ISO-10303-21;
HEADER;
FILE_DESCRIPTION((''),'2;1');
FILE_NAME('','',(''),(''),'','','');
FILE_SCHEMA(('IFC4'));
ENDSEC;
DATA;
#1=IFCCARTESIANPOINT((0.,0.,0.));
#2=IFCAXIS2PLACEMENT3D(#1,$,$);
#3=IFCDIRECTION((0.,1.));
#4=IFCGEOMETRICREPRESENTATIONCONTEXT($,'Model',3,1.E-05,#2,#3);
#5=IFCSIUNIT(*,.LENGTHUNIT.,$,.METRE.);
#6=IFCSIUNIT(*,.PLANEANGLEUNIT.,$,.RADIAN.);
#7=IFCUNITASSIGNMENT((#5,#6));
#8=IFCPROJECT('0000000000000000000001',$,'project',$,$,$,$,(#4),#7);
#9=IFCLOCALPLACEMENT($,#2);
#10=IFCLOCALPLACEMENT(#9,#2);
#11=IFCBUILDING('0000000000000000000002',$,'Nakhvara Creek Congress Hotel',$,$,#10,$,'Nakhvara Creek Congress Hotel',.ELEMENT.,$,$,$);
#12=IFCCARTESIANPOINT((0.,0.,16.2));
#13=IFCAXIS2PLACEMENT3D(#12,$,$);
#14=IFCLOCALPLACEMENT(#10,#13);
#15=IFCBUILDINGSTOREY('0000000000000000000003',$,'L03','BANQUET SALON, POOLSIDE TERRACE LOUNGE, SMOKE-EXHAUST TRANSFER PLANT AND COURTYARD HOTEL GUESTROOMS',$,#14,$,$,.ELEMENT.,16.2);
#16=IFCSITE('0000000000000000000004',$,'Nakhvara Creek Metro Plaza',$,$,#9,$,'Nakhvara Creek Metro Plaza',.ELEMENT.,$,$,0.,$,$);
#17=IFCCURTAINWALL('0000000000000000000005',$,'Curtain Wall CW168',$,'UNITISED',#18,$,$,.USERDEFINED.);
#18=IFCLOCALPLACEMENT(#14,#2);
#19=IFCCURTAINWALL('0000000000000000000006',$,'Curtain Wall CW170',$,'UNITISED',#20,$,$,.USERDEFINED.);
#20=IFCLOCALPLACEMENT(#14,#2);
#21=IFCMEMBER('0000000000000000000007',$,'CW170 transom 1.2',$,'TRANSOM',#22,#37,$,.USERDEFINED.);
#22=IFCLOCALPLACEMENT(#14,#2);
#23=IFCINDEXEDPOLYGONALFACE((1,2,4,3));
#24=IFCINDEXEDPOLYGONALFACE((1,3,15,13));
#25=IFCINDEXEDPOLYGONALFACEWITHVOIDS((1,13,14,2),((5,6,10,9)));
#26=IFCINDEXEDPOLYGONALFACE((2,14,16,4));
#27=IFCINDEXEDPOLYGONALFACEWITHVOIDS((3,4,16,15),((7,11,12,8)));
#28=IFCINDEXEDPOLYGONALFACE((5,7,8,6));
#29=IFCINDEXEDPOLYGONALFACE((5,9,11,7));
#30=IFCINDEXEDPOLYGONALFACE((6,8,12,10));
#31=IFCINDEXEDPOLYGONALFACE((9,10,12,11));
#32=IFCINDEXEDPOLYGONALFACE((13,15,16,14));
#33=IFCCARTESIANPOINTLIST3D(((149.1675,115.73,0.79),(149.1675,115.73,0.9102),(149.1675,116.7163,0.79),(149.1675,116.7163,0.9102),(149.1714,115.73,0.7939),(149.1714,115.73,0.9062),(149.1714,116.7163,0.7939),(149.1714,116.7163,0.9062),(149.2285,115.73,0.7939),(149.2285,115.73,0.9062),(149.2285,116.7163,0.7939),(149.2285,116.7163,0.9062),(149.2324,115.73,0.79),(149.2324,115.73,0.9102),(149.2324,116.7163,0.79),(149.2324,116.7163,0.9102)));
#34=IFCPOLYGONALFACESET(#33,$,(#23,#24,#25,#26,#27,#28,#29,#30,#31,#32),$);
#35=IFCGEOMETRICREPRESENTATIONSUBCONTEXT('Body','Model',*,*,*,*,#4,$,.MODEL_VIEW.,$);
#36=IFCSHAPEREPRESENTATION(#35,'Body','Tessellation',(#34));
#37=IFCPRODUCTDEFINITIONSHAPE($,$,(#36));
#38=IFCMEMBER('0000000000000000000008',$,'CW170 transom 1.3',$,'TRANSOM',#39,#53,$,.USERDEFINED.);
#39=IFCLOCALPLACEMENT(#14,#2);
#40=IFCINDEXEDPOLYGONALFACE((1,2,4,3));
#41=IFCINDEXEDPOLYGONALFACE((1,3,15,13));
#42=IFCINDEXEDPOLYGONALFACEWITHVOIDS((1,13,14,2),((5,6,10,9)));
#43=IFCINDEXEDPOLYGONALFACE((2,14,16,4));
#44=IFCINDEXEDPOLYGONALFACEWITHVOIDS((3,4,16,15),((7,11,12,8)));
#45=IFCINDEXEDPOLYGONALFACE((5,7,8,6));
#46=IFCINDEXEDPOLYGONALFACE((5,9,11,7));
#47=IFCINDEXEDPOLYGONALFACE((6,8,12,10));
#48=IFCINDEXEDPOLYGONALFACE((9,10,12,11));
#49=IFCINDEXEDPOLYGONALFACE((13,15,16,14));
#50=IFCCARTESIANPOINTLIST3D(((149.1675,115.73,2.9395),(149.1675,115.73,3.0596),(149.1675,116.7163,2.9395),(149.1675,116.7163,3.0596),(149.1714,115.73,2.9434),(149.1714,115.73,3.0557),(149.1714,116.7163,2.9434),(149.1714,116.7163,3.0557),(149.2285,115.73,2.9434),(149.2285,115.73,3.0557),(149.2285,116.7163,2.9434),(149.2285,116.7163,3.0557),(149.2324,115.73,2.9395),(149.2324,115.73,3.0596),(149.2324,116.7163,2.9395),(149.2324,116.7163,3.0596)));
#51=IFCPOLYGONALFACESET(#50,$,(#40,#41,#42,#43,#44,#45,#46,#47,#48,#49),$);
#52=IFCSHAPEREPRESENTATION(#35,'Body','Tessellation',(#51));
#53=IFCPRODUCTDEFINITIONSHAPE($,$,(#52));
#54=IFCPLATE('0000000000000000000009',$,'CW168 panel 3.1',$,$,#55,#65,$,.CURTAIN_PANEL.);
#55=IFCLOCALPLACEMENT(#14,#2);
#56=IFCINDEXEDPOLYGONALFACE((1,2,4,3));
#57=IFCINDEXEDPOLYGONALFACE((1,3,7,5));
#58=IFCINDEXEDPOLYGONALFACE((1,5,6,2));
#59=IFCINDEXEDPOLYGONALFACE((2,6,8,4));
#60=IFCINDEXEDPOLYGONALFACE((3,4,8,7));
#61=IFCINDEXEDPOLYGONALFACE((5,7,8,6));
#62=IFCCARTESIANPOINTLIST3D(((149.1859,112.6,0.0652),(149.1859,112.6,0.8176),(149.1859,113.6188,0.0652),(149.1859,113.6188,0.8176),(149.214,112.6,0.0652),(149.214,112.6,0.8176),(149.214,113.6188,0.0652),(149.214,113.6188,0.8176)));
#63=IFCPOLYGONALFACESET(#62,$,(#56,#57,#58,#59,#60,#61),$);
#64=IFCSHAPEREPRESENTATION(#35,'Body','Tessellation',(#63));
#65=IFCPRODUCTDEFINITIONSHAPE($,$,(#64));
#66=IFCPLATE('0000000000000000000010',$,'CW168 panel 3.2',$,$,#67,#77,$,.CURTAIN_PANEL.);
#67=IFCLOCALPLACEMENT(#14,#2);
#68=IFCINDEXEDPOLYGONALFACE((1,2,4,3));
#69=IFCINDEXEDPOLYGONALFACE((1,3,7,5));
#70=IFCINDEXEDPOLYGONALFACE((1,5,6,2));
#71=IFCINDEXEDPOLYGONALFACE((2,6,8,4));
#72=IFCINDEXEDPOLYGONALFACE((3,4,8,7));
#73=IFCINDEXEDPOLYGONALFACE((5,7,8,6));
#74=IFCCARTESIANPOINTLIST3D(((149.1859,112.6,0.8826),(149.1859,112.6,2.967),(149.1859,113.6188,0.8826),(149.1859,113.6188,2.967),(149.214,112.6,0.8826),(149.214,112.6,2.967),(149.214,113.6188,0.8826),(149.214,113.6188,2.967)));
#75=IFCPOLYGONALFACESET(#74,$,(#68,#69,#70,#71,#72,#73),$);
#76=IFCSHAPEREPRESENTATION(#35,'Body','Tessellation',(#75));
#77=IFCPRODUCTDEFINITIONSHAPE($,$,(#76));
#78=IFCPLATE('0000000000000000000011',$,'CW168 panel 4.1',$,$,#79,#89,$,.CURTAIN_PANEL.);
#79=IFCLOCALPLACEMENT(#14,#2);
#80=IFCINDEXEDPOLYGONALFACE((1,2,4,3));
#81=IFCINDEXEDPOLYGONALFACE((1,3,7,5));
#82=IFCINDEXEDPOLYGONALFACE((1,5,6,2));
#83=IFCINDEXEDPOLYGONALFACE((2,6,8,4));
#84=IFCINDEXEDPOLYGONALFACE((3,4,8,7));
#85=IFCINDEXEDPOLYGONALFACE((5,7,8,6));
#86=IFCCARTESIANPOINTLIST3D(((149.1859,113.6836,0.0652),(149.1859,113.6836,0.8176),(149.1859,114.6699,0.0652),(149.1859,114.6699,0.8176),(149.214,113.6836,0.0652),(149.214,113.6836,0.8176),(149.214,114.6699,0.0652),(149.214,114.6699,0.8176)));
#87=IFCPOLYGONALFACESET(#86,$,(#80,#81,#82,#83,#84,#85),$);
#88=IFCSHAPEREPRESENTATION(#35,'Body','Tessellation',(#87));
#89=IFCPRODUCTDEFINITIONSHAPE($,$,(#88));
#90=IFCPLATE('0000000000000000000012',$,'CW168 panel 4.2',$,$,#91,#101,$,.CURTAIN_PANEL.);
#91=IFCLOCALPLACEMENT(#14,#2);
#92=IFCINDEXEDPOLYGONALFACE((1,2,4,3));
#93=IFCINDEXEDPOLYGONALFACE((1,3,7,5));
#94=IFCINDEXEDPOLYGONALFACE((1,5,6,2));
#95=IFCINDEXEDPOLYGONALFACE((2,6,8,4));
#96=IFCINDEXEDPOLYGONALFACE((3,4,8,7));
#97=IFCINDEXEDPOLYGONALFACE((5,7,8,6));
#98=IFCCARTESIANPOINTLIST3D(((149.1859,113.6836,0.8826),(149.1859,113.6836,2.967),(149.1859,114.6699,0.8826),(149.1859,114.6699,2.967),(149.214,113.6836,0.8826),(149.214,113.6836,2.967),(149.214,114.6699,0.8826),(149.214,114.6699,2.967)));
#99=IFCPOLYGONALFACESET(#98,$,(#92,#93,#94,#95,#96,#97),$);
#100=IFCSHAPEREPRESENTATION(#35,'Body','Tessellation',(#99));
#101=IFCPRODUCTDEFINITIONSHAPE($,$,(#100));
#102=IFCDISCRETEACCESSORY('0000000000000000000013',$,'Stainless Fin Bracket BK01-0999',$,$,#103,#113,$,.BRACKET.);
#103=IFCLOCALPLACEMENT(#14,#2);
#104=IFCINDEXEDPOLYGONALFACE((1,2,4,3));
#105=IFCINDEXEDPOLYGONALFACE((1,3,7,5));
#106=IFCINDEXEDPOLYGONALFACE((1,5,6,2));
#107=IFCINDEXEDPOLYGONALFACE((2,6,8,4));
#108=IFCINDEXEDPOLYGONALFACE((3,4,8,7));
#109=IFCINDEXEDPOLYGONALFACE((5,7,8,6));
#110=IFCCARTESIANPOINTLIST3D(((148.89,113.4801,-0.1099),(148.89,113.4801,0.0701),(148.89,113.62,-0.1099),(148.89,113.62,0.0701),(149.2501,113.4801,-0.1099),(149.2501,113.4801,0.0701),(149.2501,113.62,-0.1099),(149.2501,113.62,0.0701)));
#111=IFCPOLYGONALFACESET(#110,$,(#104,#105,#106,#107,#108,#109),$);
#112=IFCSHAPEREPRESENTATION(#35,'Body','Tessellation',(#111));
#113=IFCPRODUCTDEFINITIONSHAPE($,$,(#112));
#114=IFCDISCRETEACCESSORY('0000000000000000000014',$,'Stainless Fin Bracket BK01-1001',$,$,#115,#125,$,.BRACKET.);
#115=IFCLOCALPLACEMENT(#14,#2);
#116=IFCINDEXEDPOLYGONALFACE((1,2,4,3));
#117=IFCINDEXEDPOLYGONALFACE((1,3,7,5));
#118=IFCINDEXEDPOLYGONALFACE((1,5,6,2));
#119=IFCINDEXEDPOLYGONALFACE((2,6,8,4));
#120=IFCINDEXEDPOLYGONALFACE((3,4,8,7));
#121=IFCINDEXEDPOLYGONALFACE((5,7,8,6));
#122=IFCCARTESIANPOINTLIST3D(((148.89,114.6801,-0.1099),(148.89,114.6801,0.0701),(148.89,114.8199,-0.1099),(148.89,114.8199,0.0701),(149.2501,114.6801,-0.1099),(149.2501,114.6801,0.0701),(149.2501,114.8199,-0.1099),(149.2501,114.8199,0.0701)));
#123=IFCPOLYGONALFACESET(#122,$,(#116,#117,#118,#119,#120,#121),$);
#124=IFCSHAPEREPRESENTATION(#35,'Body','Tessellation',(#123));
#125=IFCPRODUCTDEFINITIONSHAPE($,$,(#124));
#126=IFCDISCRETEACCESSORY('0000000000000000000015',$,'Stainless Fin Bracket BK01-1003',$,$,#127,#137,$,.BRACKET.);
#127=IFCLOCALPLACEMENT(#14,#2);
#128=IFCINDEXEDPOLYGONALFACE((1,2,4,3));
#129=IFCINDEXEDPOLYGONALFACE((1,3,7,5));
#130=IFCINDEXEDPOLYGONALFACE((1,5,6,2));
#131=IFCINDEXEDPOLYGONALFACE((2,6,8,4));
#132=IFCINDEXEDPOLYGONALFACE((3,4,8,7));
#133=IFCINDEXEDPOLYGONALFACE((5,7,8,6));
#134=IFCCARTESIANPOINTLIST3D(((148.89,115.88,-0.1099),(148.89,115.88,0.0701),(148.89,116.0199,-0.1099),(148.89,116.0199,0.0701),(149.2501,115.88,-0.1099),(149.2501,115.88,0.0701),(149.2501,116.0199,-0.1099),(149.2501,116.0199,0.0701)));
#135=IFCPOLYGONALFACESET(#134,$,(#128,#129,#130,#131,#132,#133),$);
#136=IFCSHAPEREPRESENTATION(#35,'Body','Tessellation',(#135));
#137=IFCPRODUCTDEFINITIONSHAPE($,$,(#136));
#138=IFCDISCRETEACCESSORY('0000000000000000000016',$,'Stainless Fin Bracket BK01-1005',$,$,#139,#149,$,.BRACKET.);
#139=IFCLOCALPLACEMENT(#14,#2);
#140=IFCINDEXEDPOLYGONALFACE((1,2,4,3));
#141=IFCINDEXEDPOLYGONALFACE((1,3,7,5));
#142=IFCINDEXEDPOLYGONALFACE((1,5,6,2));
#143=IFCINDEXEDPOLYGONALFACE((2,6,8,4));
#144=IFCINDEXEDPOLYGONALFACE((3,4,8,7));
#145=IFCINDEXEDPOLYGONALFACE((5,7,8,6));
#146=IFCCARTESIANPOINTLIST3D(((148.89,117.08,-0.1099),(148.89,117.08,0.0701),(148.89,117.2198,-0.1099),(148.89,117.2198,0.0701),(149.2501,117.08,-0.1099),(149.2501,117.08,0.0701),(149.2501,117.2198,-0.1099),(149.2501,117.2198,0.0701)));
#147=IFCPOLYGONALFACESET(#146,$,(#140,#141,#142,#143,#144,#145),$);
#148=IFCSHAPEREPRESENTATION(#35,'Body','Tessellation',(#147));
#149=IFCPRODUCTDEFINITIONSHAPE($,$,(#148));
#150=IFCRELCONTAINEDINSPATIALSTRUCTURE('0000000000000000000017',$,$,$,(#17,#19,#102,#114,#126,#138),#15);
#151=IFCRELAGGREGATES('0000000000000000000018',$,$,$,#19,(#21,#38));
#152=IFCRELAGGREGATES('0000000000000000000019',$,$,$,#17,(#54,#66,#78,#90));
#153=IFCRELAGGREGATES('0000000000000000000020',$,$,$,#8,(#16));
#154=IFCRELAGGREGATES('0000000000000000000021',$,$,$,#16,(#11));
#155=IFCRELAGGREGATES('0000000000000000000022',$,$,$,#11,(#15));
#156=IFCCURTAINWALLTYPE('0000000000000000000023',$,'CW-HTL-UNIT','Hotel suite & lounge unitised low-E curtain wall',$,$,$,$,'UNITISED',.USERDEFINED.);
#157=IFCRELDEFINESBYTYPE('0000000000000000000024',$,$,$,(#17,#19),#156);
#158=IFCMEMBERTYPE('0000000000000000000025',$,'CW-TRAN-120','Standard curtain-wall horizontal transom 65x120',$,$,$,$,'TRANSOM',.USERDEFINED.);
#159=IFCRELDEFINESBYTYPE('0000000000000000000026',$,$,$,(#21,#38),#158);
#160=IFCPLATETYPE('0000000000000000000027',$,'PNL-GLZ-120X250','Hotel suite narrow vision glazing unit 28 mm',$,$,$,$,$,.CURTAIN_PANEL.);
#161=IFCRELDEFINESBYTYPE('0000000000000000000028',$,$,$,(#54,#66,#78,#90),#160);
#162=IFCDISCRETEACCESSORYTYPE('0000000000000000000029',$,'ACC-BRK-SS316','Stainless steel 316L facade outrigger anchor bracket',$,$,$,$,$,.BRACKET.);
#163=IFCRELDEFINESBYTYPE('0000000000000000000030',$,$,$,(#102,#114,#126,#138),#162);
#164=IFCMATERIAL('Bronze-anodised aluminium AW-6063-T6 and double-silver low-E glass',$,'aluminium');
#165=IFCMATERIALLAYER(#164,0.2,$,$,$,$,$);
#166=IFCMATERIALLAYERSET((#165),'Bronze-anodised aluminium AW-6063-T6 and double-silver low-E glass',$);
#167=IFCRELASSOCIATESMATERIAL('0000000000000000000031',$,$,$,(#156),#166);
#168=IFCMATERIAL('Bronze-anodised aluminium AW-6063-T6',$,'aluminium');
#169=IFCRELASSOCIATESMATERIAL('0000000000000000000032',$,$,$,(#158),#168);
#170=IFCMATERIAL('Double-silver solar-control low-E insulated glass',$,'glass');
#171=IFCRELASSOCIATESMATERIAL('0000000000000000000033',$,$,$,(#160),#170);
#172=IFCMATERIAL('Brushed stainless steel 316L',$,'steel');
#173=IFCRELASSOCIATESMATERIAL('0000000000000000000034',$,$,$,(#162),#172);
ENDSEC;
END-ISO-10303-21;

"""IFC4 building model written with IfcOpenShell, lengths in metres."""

from ifc_helpers import new_model, si_unit, direction, frame, origin, origin_2d, place, context, subcontext, project, spatial, rectangle, hollow_rectangle, extrude, material, layer, layer_set, material_profile, profile_set, type_object, element, aggregate, save


model = new_model("IFC4")

# Units and contexts
model_context = context("Model", 3, precision=1e-05, world=origin(), true_north=direction((0.0, 1.0)))
body_context = subcontext(model_context, "Body", "Model", "MODEL_VIEW")
ifc_project = project(units=[si_unit("LENGTHUNIT", "METRE"), si_unit("PLANEANGLEUNIT", "RADIAN")], contexts=[model_context])

# Site, building, storey
site_placement = place(None, origin())
site = spatial("IfcSite", under=ifc_project, at=site_placement, Name="Nakhvara Creek Metro Plaza", LongName="Nakhvara Creek Metro Plaza", CompositionType="ELEMENT", RefElevation=0.0)
building_placement = place(site_placement, origin())
building = spatial("IfcBuilding", under=site, at=building_placement, Name="Nakhvara Creek Congress Hotel", LongName="Nakhvara Creek Congress Hotel", CompositionType="ELEMENT")
storey_placement = place(building_placement, frame((0.0, 0.0, 16.2)))
storey = spatial("IfcBuildingStorey", under=building, at=storey_placement, Name="L03", Description="BANQUET SALON, POOLSIDE TERRACE LOUNGE, SMOKE-EXHAUST TRANSFER PLANT AND COURTYARD HOTEL GUESTROOMS", CompositionType="ELEMENT", Elevation=16.2)

# Curtain wall
ifc_material_1 = material(Name="Bronze-anodised aluminium AW-6063-T6 and double-silver low-E glass", Category="aluminium")
ifc_layer = layer(ifc_material_1, 0.2)
ifc_layer_set = layer_set([ifc_layer], Name="Bronze-anodised aluminium AW-6063-T6 and double-silver low-E glass")
curtain_wall_type = type_object("IfcCurtainWallType", Name="CW-HTL-UNIT", Description="Hotel suite & lounge unitised low-E curtain wall", ElementType="UNITISED", PredefinedType="USERDEFINED", material=ifc_layer_set)
curtain_wall_1_placement = place(storey_placement, origin())
curtain_wall_1 = element("IfcCurtainWall", 1, at=curtain_wall_1_placement, inside=storey, type_object=curtain_wall_type, Name="Curtain Wall CW168", ObjectType="UNITISED", PredefinedType="USERDEFINED")
ifc_material_2 = material(Name="Bronze-anodised aluminium AW-6063-T6", Category="aluminium")

# Curtain wall
curtain_wall_2_placement = place(storey_placement, origin())
curtain_wall_2 = element("IfcCurtainWall", 2, at=curtain_wall_2_placement, inside=storey, type_object=curtain_wall_type, Name="Curtain Wall CW170", ObjectType="UNITISED", PredefinedType="USERDEFINED")

# Members
ifc_material_profile_1 = material_profile(ifc_material_2, hollow_rectangle(XDim=0.0649, YDim=0.1201, WallThickness=0.0039, at=origin_2d()), Name="ALU-TRAN 65x120x4", Category="LoadBearing")
ifc_profile_set_1 = profile_set([ifc_material_profile_1], Name="Bronze-anodised aluminium AW-6063-T6")
member_type_1 = type_object("IfcMemberType", Name="CW-TRAN-120", Description="Standard curtain-wall horizontal transom 65x120", ElementType="TRANSOM", PredefinedType="USERDEFINED", material=ifc_profile_set_1)
member_1_placement = place(storey_placement, frame((149.2, 115.73, 0.8501), z_axis=(0.0, 1.0, 0.0), x_axis=(-1.0, 0.0, 0.0)))
member_1 = element("IfcMember", 3, at=member_1_placement, type_object=member_type_1, Name="CW170 transom 1.2", ObjectType="TRANSOM", PredefinedType="USERDEFINED", context=body_context, shape_type="SweptSolid", body=[
    extrude(hollow_rectangle(XDim=0.0649, YDim=0.1201, WallThickness=0.0039, at=origin_2d()), origin(), (0.0, 0.0, 1.0), 0.9863),
])
member_2_placement = place(storey_placement, frame((149.2, 115.73, 2.9995), z_axis=(0.0, 1.0, 0.0), x_axis=(-1.0, 0.0, 0.0)))
member_2 = element("IfcMember", 4, at=member_2_placement, type_object=member_type_1, Name="CW170 transom 1.3", ObjectType="TRANSOM", PredefinedType="USERDEFINED", context=body_context, shape_type="SweptSolid", body=[
    extrude(hollow_rectangle(XDim=0.0649, YDim=0.1201, WallThickness=0.0039, at=origin_2d()), origin(), (0.0, 0.0, 1.0), 0.9863),
])
aggregate(curtain_wall_2, [member_1, member_2])

# Plates
ifc_material_3 = material(Name="Double-silver solar-control low-E insulated glass", Category="glass")
plate_type = type_object("IfcPlateType", Name="PNL-GLZ-120X250", Description="Hotel suite narrow vision glazing unit 28 mm", PredefinedType="CURTAIN_PANEL", material=ifc_material_3)
plate_1_placement = place(storey_placement, frame((149.2, 113.1094, 0.0652), z_axis=(0.0, 0.0, 1.0), x_axis=(0.0, 1.0, 0.0)))
plate_1 = element("IfcPlate", 5, at=plate_1_placement, type_object=plate_type, Name="CW168 panel 3.1", PredefinedType="CURTAIN_PANEL", context=body_context, shape_type="SweptSolid", body=[
    extrude(rectangle(XDim=1.0188, YDim=0.0281, at=origin_2d()), origin(), (0.0, 0.0, 1.0), 0.7524),
])
plate_2_placement = place(storey_placement, frame((149.2, 113.1094, 0.8826), z_axis=(0.0, 0.0, 1.0), x_axis=(0.0, 1.0, 0.0)))
plate_2 = element("IfcPlate", 6, at=plate_2_placement, type_object=plate_type, Name="CW168 panel 3.2", PredefinedType="CURTAIN_PANEL", context=body_context, shape_type="SweptSolid", body=[
    extrude(rectangle(XDim=1.0188, YDim=0.0281, at=origin_2d()), origin(), (0.0, 0.0, 1.0), 2.0845),
])
plate_3_placement = place(storey_placement, frame((149.2, 114.1768, 0.0652), z_axis=(0.0, 0.0, 1.0), x_axis=(0.0, 1.0, 0.0)))
plate_3 = element("IfcPlate", 7, at=plate_3_placement, type_object=plate_type, Name="CW168 panel 4.1", PredefinedType="CURTAIN_PANEL", context=body_context, shape_type="SweptSolid", body=[
    extrude(rectangle(XDim=0.9863, YDim=0.0281, at=origin_2d()), origin(), (0.0, 0.0, 1.0), 0.7524),
])
plate_4_placement = place(storey_placement, frame((149.2, 114.1768, 0.8826), z_axis=(0.0, 0.0, 1.0), x_axis=(0.0, 1.0, 0.0)))
plate_4 = element("IfcPlate", 8, at=plate_4_placement, type_object=plate_type, Name="CW168 panel 4.2", PredefinedType="CURTAIN_PANEL", context=body_context, shape_type="SweptSolid", body=[
    extrude(rectangle(XDim=0.9863, YDim=0.0281, at=origin_2d()), origin(), (0.0, 0.0, 1.0), 2.0845),
])
aggregate(curtain_wall_1, [plate_1, plate_2, plate_3, plate_4])

# Discrete accessories
ifc_material_4 = material(Name="Brushed stainless steel 316L", Category="steel")
discrete_accessory_type = type_object("IfcDiscreteAccessoryType", Name="ACC-BRK-SS316", Description="Stainless steel 316L facade outrigger anchor bracket", PredefinedType="BRACKET", material=ifc_material_4)
for number, where, z_axis, x_axis, name in (
    (9, (149.0701, 113.55, -0.1099), (0.0, 0.0, 1.0), (0.0, 1.0, 0.0), "Stainless Fin Bracket BK01-0999"),
    (10, (149.0701, 114.75, -0.1099), (0.0, 0.0, 1.0), (0.0, 1.0, 0.0), "Stainless Fin Bracket BK01-1001"),
    (11, (149.0701, 115.95, -0.1099), (0.0, 0.0, 1.0), (0.0, 1.0, 0.0), "Stainless Fin Bracket BK01-1003"),
    (12, (149.0701, 117.1499, -0.1099), (0.0, 0.0, 1.0), (0.0, 1.0, 0.0), "Stainless Fin Bracket BK01-1005"),
):
    element("IfcDiscreteAccessory", number, at=place(storey_placement, frame(where, z_axis=z_axis, x_axis=x_axis)), inside=storey, type_object=discrete_accessory_type, Name=name, PredefinedType="BRACKET", context=body_context, shape_type="SweptSolid", body=[
        extrude(rectangle(XDim=0.1399, YDim=0.3601, at=origin_2d()), origin(), (0.0, 0.0, 1.0), 0.1799),
    ])

save(model, "model.ifc")
